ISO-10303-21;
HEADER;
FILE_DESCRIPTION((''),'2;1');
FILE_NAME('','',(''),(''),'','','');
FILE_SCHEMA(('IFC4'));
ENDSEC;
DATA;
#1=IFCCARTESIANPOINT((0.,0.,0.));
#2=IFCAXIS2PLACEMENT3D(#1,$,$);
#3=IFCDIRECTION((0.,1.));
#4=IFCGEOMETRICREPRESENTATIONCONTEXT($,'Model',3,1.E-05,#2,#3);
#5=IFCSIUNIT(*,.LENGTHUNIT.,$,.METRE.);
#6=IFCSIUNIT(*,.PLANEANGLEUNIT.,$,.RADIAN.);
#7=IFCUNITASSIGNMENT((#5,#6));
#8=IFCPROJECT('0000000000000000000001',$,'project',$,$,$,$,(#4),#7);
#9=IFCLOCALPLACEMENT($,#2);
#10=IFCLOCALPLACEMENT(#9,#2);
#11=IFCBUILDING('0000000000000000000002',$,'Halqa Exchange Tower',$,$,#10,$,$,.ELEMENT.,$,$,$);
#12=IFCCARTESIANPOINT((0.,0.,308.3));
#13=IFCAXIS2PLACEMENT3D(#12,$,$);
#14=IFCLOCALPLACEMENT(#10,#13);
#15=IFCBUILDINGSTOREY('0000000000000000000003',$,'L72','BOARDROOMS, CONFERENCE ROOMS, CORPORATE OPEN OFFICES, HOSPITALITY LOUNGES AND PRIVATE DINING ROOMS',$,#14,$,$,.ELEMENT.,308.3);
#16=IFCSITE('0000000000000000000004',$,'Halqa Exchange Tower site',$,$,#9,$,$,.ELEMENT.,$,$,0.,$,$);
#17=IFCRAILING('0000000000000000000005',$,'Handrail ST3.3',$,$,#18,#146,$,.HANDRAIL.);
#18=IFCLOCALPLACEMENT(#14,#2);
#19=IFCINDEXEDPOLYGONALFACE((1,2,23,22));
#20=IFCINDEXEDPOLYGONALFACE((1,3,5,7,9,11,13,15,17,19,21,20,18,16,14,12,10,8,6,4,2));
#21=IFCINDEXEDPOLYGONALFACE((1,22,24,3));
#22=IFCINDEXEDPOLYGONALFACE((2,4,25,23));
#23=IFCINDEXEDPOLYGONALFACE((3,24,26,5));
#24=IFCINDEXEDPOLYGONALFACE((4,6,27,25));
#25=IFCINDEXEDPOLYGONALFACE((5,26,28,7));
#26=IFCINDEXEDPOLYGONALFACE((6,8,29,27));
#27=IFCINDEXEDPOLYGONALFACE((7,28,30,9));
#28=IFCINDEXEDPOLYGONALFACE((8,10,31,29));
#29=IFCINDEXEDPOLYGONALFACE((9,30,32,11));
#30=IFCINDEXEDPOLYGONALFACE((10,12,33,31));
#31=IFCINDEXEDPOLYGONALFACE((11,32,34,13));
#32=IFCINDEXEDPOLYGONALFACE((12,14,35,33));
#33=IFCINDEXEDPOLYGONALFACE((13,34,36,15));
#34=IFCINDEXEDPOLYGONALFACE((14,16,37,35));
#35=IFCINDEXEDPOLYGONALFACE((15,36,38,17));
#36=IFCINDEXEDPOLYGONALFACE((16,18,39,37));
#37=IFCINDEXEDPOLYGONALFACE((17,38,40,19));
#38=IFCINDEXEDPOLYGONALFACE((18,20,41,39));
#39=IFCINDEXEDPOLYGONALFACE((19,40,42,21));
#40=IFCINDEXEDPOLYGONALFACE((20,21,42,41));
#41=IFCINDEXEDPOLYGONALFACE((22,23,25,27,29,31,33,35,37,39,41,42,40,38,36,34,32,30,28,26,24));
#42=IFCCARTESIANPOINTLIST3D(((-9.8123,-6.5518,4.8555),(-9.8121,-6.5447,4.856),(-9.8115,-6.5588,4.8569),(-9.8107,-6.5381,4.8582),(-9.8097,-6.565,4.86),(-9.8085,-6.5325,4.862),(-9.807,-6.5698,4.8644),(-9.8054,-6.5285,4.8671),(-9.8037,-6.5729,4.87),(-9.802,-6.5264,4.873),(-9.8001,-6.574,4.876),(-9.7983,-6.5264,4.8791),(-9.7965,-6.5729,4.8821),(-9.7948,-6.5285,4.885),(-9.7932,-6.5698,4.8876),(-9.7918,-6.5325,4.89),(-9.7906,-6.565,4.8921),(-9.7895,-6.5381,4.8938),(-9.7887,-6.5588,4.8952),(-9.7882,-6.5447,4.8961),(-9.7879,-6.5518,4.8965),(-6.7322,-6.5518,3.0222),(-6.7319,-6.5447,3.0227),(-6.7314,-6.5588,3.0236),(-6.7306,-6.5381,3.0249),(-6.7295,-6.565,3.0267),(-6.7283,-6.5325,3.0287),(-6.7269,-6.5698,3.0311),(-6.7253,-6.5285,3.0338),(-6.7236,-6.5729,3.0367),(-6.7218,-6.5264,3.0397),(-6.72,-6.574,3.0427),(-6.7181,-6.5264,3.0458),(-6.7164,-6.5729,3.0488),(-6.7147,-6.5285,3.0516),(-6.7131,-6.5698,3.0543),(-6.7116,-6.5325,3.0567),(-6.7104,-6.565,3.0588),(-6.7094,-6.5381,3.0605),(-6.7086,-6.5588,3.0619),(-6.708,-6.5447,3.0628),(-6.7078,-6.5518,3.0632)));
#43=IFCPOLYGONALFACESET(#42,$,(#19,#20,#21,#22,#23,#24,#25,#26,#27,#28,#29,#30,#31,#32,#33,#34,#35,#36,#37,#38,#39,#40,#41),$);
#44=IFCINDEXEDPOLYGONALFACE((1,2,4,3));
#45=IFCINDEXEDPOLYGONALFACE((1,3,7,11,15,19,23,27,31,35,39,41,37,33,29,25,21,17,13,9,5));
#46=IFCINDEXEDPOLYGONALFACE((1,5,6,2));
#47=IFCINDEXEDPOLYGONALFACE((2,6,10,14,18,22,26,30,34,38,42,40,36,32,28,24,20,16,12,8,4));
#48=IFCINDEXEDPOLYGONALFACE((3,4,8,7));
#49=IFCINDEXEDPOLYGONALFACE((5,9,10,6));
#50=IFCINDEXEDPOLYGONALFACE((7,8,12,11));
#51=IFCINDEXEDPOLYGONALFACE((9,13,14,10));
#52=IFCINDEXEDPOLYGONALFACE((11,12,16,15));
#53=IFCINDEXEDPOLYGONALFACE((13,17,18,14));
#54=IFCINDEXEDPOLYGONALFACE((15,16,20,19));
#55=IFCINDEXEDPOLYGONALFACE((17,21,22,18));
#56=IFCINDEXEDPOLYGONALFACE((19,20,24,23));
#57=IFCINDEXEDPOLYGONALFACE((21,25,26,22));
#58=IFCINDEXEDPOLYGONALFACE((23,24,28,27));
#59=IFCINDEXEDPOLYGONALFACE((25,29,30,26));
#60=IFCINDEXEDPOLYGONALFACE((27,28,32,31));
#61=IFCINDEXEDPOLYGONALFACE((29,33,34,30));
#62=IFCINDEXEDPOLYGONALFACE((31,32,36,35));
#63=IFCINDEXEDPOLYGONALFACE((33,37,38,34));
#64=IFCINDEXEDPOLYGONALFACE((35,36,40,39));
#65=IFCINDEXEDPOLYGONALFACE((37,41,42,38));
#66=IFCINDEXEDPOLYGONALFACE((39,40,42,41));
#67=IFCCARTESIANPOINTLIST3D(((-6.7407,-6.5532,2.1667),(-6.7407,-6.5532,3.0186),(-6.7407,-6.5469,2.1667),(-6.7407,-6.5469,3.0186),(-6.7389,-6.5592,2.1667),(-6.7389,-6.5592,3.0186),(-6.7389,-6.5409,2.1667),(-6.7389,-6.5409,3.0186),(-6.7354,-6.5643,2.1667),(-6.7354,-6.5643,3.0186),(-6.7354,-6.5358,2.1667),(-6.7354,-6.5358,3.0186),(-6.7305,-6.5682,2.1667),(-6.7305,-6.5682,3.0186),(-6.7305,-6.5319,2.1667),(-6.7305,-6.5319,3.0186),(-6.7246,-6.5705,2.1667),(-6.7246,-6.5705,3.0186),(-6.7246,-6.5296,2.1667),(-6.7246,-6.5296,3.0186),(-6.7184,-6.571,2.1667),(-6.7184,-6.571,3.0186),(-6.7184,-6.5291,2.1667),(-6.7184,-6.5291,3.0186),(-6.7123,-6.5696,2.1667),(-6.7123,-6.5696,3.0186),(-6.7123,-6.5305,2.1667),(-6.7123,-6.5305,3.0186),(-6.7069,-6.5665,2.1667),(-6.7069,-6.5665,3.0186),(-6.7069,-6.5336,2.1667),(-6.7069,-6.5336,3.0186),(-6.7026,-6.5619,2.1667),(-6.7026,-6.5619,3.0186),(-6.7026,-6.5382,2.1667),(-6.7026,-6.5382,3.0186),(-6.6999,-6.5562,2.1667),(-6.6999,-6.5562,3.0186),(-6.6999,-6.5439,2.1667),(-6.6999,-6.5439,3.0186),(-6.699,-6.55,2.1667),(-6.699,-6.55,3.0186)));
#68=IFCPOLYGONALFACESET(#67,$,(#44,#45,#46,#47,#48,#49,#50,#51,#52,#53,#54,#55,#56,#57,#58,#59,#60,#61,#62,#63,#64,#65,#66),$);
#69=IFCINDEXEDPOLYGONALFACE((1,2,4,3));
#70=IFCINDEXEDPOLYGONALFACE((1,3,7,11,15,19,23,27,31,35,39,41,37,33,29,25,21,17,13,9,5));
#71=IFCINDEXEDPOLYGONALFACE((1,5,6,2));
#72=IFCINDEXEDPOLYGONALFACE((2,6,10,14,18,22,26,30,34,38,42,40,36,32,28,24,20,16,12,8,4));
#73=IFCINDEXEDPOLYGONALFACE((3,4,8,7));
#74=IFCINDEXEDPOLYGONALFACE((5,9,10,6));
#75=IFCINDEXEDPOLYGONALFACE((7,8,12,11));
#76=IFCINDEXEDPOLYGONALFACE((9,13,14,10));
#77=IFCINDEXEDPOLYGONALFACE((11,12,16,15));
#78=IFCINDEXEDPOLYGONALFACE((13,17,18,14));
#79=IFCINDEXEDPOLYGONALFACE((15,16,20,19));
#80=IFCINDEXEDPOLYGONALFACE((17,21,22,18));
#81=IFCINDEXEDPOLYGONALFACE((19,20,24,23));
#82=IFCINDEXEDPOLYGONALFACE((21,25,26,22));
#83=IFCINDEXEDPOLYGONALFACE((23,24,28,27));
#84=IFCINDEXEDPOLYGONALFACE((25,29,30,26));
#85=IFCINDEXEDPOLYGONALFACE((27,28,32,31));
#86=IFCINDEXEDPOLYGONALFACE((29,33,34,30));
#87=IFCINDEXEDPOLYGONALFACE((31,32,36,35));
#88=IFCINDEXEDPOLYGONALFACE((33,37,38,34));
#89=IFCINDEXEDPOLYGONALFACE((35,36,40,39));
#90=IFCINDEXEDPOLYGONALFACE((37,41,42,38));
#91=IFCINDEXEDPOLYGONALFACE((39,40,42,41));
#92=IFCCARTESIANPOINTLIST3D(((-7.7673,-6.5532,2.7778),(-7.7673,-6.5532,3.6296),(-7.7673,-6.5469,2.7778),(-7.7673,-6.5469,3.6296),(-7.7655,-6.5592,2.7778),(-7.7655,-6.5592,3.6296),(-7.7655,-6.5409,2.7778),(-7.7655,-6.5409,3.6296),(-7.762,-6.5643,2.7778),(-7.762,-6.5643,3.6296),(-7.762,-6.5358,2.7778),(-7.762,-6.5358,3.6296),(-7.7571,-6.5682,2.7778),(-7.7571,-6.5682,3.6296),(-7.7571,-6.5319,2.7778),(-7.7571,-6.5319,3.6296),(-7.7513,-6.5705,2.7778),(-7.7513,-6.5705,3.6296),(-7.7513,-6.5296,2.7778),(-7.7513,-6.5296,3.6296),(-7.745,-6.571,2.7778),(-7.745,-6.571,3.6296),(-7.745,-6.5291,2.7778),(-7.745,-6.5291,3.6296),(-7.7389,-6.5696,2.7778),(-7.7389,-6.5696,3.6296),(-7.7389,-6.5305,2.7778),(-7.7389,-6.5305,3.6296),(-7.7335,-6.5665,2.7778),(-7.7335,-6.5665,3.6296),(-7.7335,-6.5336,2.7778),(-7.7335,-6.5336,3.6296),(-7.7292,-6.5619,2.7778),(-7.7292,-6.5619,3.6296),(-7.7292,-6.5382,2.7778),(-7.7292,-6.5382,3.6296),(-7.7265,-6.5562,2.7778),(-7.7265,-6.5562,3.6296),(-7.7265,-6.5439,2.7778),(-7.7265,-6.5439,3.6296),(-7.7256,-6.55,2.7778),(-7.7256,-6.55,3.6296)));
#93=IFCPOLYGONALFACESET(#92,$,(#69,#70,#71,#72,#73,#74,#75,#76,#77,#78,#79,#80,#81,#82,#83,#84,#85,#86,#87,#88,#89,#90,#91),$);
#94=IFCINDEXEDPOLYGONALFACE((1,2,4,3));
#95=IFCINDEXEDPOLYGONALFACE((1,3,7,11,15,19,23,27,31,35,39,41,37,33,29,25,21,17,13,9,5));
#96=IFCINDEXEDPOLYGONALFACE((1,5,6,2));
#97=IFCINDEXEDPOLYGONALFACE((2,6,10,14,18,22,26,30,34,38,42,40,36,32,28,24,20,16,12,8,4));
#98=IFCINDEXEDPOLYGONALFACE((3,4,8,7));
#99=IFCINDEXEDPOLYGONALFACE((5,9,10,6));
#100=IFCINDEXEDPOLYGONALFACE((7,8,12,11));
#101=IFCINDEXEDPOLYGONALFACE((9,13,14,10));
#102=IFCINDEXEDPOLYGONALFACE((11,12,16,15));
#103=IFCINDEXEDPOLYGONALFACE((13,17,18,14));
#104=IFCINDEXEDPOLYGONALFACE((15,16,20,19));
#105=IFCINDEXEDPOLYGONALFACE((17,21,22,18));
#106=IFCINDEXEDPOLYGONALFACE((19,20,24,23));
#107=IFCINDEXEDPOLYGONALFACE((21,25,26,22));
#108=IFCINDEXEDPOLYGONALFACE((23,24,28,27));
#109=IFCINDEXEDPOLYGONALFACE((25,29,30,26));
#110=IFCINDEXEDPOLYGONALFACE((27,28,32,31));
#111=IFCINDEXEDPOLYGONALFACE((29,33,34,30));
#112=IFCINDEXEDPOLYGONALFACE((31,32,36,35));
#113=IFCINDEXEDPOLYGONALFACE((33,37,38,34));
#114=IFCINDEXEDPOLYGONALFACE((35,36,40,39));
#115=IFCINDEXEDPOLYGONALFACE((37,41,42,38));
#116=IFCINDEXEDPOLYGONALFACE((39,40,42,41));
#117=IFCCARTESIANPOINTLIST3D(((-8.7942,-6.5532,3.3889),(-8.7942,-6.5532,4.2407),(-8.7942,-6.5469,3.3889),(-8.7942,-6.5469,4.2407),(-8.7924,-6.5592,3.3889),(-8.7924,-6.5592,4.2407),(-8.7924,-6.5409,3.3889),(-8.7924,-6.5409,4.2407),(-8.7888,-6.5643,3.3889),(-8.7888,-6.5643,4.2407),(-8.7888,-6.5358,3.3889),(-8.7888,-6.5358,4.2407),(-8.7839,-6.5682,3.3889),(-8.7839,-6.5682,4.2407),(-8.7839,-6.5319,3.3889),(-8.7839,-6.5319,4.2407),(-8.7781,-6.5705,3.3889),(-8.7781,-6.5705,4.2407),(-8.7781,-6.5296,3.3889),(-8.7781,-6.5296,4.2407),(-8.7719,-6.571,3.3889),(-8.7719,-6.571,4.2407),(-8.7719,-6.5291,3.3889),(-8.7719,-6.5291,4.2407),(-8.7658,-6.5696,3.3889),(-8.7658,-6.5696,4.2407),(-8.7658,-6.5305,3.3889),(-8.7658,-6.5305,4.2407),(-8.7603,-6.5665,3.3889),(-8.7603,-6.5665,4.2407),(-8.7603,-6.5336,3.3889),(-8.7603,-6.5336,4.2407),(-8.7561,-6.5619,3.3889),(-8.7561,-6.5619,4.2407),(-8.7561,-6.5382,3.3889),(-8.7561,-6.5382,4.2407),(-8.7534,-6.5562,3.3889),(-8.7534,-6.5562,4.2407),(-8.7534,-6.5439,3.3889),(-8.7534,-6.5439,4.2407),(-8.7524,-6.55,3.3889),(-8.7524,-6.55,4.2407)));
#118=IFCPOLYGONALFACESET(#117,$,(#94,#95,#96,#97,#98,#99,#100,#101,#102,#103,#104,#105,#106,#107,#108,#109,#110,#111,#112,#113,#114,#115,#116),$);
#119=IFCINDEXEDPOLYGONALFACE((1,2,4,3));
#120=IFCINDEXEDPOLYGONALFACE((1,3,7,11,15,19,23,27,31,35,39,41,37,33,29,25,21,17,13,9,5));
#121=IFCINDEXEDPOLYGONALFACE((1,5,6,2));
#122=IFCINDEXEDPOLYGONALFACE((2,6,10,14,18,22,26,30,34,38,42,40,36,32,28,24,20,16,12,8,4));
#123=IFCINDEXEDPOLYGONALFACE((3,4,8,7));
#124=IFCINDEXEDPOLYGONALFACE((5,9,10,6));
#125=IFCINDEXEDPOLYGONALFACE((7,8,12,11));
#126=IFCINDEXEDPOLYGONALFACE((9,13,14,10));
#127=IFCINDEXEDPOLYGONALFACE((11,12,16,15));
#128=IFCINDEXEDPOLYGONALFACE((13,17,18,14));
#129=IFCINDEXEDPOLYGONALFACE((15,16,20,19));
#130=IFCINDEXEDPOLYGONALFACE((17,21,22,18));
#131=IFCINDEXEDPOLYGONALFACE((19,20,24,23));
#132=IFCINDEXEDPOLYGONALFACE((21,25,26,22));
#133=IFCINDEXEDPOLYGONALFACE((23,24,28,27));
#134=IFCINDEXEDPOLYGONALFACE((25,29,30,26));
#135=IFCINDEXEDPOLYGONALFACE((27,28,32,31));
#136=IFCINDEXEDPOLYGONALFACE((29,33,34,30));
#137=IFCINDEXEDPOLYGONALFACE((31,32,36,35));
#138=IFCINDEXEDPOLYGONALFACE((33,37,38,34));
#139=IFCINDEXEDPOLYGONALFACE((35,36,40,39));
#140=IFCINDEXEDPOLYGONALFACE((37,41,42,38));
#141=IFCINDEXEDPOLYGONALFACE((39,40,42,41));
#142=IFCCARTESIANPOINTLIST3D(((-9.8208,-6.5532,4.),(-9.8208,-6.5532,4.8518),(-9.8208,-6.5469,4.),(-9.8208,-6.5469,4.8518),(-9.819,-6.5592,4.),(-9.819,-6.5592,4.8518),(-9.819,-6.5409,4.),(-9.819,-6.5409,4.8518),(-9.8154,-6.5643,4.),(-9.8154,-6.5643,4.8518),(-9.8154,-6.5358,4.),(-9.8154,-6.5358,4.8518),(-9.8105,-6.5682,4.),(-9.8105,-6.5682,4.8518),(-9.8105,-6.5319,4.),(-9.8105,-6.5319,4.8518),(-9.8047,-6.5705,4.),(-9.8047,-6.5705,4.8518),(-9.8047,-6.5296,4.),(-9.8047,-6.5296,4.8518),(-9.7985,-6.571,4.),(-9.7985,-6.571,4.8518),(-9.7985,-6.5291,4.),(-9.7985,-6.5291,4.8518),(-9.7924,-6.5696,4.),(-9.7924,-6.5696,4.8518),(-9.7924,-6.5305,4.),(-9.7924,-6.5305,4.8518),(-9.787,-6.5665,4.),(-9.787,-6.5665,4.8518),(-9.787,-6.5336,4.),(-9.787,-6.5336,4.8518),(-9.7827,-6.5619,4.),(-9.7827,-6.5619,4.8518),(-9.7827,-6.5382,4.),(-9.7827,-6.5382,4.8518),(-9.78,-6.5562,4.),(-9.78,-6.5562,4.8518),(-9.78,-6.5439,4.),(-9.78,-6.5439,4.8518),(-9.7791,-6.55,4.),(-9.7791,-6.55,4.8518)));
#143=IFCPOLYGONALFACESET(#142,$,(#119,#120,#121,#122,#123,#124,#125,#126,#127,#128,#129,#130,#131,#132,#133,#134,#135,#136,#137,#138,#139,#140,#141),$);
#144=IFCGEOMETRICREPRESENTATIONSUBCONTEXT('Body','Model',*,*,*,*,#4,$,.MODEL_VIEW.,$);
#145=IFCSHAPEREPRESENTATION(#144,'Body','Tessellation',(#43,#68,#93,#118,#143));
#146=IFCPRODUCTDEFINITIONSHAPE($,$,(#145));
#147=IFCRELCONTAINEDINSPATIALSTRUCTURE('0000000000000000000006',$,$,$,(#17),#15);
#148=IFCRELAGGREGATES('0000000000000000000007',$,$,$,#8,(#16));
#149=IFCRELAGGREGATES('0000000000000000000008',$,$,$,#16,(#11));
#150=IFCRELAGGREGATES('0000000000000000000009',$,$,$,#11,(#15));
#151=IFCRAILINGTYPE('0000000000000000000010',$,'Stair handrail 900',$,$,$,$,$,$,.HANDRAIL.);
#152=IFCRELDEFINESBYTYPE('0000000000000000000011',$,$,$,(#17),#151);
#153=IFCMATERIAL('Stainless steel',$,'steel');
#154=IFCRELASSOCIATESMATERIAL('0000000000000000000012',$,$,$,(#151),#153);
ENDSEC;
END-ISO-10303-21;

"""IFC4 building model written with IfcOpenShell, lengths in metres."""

from ifc_helpers import new_model, si_unit, direction, frame, origin, origin_2d, place, context, subcontext, project, spatial, circle, extrude, material, type_object, element, save


model = new_model("IFC4")

# Units and contexts
model_context = context("Model", 3, precision=1e-05, world=origin(), true_north=direction((0.0, 1.0)))
body_context = subcontext(model_context, "Body", "Model", "MODEL_VIEW")
ifc_project = project(units=[si_unit("LENGTHUNIT", "METRE"), si_unit("PLANEANGLEUNIT", "RADIAN")], contexts=[model_context])

# Site, building, storey
site_placement = place(None, origin())
site = spatial("IfcSite", under=ifc_project, at=site_placement, Name="Halqa Exchange Tower site", CompositionType="ELEMENT", RefElevation=0.0)
building_placement = place(site_placement, origin())
building = spatial("IfcBuilding", under=site, at=building_placement, Name="Halqa Exchange Tower", CompositionType="ELEMENT")
storey_placement = place(building_placement, frame((0.0, 0.0, 308.3)))
storey = spatial("IfcBuildingStorey", under=building, at=storey_placement, Name="L72", Description="BOARDROOMS, CONFERENCE ROOMS, CORPORATE OPEN OFFICES, HOSPITALITY LOUNGES AND PRIVATE DINING ROOMS", CompositionType="ELEMENT", Elevation=308.3)

# Shared definitions
ifc_material_1 = material(Name="Stainless steel", Category="steel")

# Railing
railing_type_1 = type_object("IfcRailingType", Name="Stair handrail 900", PredefinedType="HANDRAIL", material=ifc_material_1)
railing_1_placement = place(storey_placement, frame((-6.72, -6.55, 2.1667)))
element("IfcRailing", 1, at=railing_1_placement, inside=storey, type_object=railing_type_1, Name="Handrail ST3.3", PredefinedType="HANDRAIL", context=body_context, shape_type="SweptSolid", body=[
    extrude(circle(Radius=0.0239, at=origin_2d()), frame((0.0, 0.0, 0.876), z_axis=(-0.859309, 0.0, 0.511458), x_axis=(0.0, -1.0, 0.0)), (0.0, 0.0, 1.0), 3.5845),
    extrude(circle(Radius=0.021, at=origin_2d()), origin(), (0.0, 0.0, 1.0), 0.8518),
    extrude(circle(Radius=0.021, at=origin_2d()), frame((-1.0266, 0.0, 0.6111)), (0.0, 0.0, 1.0), 0.8518),
    extrude(circle(Radius=0.021, at=origin_2d()), frame((-2.0535, 0.0, 1.2222)), (0.0, 0.0, 1.0), 0.8518),
    extrude(circle(Radius=0.021, at=origin_2d()), frame((-3.0801, 0.0, 1.8333)), (0.0, 0.0, 1.0), 0.8518),
])

save(model, "model.ifc")
